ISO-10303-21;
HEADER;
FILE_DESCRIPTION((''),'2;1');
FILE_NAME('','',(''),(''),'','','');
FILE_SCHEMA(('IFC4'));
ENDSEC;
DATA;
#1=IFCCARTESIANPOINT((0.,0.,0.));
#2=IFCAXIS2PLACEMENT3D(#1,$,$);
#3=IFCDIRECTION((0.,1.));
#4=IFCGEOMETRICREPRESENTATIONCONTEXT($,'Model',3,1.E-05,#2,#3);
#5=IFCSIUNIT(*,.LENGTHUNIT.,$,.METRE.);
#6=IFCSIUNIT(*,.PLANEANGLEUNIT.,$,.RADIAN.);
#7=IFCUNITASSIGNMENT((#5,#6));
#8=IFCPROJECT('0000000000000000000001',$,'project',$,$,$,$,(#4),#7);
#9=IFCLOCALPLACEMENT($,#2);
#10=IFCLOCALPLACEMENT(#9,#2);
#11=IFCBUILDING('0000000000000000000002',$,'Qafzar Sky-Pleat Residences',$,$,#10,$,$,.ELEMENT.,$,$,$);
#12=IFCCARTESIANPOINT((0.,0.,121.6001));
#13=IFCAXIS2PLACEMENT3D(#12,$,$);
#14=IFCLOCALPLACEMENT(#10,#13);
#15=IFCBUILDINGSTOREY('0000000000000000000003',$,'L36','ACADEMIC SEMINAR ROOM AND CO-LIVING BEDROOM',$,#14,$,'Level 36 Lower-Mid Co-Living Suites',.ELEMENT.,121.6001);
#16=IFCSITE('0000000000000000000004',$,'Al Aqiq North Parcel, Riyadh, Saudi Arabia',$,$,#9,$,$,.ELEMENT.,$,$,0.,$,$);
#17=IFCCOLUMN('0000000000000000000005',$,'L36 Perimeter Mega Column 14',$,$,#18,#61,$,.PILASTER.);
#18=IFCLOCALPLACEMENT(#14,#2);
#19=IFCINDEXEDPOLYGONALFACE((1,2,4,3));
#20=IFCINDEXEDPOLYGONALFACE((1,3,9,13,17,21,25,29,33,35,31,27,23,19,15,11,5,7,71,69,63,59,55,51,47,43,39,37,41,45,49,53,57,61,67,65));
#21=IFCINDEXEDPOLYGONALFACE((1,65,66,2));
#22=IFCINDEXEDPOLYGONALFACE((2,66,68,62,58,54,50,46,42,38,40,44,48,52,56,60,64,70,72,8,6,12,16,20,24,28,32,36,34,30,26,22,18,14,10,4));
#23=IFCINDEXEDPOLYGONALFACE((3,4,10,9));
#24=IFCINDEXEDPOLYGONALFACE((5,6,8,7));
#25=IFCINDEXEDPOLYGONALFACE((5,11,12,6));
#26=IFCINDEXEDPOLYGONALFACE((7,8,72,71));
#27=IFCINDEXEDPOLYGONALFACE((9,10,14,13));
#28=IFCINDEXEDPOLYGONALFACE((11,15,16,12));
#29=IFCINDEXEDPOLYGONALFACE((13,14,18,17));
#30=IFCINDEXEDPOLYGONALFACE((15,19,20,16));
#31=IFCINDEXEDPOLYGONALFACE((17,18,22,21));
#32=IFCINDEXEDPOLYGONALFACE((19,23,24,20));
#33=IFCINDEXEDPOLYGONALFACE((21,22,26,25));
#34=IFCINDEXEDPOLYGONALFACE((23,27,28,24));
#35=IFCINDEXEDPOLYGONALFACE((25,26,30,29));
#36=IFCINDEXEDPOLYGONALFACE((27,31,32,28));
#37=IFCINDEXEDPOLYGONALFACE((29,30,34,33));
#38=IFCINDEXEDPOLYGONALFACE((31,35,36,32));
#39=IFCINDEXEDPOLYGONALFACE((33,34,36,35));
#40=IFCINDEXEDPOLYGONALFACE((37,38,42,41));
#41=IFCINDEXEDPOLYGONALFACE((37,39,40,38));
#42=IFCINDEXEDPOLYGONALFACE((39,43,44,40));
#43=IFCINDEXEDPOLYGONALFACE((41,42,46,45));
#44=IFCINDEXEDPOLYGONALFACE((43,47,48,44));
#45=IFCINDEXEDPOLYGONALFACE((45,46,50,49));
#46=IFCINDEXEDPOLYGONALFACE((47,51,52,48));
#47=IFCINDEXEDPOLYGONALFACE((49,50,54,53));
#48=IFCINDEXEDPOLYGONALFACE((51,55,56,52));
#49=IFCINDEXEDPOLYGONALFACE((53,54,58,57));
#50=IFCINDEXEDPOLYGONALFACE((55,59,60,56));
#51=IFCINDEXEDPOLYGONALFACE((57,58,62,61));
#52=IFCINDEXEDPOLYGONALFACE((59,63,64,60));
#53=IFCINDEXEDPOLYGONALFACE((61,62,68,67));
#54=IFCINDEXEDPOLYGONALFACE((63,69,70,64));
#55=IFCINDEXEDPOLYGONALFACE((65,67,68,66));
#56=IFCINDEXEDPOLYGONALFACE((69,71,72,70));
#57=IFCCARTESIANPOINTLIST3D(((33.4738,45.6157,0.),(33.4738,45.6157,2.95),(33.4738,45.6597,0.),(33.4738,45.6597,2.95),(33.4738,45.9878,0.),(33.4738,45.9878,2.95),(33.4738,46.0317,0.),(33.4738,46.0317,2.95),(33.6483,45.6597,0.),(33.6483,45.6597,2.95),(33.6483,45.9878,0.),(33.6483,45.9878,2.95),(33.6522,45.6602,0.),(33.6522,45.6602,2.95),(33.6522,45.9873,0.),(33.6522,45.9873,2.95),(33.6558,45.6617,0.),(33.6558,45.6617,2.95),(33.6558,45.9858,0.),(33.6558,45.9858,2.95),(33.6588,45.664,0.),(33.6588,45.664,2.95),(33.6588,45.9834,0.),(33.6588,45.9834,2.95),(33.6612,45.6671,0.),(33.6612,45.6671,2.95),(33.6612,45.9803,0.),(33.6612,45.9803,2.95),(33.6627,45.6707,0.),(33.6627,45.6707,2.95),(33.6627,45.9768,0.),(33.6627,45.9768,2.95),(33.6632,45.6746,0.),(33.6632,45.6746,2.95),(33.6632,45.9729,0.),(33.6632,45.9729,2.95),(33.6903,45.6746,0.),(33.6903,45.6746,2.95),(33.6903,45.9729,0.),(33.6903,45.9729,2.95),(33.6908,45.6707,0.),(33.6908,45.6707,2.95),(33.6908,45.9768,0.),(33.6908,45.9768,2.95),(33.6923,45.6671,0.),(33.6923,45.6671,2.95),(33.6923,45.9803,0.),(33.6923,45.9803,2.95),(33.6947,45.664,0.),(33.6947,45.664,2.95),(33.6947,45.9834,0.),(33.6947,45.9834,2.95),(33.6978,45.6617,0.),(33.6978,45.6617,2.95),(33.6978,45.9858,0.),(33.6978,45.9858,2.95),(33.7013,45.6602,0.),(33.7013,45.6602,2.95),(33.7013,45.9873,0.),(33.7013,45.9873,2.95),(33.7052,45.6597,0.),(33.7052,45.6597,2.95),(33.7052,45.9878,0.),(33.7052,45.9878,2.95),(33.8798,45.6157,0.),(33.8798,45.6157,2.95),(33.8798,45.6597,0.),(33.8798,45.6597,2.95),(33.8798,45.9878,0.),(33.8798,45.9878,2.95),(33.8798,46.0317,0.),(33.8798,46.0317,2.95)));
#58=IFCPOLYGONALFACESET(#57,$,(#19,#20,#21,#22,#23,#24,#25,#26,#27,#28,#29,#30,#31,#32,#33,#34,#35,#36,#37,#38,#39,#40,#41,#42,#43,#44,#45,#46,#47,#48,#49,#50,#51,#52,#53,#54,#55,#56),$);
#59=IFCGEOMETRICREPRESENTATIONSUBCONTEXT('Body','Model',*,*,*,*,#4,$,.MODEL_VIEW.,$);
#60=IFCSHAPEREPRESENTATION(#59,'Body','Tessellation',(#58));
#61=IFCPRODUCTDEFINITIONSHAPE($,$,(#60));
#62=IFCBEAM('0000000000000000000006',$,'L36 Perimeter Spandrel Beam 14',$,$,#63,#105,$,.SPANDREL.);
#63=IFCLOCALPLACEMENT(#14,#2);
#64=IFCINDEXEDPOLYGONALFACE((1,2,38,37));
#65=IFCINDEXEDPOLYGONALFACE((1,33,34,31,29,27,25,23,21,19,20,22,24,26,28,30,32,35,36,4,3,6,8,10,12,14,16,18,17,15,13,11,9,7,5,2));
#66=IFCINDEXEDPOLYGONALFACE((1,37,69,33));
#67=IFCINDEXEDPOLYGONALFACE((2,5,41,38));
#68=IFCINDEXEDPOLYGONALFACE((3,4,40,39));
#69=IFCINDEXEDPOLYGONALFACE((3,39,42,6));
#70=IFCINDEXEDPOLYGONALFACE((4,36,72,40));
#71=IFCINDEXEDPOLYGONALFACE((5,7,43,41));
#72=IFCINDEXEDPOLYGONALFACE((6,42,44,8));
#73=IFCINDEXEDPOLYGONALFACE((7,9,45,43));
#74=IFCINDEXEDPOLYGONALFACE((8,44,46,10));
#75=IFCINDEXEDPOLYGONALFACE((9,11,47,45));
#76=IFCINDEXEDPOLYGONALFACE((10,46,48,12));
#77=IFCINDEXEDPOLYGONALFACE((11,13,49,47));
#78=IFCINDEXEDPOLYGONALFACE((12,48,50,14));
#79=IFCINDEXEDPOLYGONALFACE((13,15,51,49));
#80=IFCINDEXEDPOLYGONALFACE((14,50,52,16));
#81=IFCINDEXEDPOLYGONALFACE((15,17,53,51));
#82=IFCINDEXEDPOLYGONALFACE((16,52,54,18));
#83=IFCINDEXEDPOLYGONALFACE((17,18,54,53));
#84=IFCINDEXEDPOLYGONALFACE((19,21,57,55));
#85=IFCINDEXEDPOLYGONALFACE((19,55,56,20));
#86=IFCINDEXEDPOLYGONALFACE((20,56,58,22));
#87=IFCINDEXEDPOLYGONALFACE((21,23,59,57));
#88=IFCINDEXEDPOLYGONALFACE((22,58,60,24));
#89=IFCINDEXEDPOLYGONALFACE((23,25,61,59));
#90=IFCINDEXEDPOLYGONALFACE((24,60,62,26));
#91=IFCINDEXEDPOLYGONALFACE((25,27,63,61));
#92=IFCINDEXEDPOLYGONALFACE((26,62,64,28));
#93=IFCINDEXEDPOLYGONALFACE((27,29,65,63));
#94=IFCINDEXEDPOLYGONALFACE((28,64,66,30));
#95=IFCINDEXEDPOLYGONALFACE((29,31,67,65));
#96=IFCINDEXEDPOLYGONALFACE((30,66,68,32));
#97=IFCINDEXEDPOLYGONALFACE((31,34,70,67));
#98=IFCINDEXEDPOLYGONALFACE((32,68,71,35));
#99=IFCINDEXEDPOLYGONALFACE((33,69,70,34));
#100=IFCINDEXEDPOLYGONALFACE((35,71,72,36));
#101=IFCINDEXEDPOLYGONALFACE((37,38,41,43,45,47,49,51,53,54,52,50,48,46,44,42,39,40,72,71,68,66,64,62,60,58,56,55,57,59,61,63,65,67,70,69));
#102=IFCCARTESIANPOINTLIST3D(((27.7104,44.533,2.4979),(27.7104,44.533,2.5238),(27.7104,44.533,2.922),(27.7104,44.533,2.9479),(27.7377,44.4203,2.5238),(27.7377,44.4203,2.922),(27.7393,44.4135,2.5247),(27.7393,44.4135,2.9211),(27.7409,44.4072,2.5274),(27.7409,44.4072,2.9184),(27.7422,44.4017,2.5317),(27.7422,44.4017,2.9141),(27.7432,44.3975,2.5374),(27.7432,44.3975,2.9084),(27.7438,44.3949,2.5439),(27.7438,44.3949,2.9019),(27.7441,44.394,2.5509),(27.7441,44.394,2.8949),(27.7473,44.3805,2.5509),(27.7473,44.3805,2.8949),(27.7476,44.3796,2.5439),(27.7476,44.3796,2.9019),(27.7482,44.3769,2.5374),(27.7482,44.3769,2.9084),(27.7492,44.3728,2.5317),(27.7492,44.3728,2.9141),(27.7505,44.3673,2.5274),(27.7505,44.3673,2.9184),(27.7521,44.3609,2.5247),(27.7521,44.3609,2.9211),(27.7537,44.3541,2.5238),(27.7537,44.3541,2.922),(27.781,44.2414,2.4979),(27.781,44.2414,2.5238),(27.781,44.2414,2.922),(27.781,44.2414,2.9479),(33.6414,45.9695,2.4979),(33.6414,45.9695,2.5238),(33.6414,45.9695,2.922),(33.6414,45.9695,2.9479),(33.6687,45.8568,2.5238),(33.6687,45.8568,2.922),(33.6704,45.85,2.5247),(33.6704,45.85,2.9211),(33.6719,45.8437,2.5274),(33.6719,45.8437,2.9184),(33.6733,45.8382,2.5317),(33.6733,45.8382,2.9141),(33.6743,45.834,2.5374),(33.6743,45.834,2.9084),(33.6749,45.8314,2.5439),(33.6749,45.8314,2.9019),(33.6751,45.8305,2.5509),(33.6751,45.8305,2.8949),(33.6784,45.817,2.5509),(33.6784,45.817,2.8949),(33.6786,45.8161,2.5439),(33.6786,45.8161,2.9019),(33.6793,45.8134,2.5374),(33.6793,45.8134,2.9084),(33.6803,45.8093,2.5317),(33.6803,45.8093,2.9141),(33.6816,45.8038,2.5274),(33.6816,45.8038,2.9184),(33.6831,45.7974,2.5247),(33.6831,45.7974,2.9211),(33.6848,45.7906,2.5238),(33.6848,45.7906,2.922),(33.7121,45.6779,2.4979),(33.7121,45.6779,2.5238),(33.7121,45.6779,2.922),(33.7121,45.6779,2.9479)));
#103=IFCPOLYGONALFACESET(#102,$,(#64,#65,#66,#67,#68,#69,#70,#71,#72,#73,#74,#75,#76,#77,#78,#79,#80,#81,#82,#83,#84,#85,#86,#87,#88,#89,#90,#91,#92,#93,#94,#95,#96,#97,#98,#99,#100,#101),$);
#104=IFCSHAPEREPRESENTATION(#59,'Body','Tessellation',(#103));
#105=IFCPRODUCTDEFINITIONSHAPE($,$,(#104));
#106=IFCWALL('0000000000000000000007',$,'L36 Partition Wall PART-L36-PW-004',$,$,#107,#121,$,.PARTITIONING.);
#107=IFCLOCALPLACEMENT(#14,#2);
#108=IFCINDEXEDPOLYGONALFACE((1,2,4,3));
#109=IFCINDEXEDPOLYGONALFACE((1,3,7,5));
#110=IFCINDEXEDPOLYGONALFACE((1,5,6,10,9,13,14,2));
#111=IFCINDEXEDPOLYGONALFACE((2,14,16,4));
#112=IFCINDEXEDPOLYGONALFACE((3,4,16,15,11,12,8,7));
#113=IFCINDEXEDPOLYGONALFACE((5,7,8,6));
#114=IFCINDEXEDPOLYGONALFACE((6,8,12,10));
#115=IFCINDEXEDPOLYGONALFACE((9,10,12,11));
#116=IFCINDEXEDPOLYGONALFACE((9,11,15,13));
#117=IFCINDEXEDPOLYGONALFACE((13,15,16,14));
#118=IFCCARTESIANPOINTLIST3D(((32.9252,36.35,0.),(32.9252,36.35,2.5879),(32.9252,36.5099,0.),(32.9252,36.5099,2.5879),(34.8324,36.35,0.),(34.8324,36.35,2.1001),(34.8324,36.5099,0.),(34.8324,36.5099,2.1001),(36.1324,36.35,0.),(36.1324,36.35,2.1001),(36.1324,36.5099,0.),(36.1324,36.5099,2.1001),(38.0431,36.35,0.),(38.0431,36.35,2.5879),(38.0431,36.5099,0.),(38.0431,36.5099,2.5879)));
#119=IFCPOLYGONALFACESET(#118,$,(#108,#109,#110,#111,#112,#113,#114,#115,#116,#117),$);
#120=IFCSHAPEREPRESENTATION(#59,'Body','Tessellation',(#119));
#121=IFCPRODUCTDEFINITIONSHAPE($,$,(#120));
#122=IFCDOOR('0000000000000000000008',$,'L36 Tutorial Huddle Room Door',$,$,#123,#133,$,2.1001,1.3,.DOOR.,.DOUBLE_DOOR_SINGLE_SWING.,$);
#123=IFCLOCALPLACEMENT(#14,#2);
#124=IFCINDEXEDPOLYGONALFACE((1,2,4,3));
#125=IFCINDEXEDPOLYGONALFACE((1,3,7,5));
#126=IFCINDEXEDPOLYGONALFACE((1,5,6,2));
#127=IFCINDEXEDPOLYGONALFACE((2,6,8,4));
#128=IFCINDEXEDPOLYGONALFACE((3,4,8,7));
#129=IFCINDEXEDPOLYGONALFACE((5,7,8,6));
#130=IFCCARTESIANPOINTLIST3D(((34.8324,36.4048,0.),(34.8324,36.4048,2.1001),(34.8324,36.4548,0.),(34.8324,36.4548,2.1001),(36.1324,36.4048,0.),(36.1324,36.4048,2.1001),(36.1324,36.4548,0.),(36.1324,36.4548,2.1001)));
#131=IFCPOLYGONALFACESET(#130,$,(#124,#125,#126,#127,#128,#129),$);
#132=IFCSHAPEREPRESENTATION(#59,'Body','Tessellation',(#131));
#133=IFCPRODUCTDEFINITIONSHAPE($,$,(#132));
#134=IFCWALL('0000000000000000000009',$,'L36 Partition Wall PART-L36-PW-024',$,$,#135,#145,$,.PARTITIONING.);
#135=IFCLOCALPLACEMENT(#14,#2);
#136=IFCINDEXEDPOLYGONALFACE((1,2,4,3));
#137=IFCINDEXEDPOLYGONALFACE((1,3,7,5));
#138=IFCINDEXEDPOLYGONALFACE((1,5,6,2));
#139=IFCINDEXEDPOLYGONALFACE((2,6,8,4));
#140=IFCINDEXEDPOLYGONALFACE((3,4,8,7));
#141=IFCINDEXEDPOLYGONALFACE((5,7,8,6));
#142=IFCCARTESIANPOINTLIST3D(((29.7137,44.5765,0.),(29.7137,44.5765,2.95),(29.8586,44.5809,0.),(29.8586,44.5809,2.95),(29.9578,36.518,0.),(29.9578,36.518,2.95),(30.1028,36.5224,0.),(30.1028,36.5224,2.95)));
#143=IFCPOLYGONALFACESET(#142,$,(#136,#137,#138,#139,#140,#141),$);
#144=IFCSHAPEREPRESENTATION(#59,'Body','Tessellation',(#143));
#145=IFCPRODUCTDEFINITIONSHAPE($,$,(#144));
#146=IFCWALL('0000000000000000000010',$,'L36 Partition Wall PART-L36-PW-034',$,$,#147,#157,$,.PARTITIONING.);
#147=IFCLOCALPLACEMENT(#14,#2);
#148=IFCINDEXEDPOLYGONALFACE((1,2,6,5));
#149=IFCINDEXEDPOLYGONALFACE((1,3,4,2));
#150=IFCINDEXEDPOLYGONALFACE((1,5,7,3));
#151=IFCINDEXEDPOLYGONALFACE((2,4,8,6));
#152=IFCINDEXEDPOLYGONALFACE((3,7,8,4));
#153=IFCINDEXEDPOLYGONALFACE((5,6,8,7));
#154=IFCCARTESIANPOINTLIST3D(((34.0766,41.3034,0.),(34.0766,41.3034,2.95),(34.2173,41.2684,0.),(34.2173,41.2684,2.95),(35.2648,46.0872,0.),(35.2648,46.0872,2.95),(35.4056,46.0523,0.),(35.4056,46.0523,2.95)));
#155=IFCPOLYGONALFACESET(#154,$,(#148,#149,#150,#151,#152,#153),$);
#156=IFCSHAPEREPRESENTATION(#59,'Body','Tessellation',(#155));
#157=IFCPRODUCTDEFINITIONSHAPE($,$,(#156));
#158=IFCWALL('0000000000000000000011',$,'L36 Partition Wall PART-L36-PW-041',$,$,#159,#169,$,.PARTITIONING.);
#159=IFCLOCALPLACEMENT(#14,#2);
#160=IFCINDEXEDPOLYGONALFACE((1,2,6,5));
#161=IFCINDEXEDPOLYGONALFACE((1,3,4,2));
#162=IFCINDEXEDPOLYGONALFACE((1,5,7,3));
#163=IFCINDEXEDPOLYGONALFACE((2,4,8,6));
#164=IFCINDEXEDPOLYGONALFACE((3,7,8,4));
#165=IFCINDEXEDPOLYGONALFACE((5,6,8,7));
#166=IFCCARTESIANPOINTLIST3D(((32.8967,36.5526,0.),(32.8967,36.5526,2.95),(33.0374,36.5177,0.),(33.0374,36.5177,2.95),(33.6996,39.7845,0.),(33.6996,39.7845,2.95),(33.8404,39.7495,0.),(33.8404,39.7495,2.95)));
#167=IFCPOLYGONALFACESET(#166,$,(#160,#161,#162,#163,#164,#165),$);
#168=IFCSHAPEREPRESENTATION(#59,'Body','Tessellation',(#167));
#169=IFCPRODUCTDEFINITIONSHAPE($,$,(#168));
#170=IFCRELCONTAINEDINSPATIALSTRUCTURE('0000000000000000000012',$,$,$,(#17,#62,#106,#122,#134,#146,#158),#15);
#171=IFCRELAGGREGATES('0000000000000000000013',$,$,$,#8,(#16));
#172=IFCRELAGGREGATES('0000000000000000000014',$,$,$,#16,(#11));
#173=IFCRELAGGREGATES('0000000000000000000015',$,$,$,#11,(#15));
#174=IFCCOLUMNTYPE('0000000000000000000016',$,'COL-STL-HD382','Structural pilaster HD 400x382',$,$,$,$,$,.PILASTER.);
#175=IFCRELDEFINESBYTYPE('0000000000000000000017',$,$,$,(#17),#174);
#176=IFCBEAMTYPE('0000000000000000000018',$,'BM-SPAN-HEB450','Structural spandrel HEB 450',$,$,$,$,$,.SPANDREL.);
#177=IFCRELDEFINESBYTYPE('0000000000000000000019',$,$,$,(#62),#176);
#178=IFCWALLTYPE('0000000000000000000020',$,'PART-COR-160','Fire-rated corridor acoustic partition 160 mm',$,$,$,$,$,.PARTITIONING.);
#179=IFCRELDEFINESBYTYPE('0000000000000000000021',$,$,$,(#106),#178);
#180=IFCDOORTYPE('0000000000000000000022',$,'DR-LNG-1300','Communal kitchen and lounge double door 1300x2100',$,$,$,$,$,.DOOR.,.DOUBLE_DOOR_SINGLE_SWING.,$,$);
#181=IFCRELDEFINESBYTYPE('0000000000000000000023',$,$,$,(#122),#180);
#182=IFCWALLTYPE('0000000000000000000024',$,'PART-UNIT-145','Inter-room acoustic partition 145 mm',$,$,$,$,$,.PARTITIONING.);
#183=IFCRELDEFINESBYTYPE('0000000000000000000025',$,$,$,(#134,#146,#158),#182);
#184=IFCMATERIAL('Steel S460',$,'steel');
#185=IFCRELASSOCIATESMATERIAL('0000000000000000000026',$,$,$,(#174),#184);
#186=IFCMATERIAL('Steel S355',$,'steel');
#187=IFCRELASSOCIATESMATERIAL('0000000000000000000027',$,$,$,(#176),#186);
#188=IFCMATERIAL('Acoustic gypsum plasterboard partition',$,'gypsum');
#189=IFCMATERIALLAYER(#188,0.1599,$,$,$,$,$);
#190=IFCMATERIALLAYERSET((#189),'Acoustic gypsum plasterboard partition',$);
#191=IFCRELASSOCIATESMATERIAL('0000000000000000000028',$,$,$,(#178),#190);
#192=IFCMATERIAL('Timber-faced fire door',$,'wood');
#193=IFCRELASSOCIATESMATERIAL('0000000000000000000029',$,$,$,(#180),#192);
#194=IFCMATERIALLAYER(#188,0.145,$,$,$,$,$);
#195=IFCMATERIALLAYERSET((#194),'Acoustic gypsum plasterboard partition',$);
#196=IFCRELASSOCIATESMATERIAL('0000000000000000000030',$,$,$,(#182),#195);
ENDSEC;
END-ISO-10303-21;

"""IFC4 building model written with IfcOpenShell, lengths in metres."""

from ifc_helpers import new_model, si_unit, direction, frame, frame_2d, origin, origin_2d, place, context, subcontext, project, spatial, rectangle, i_section, extrude, source, transform, mapped, material, layer, layer_set, material_profile, profile_set, type_object, element, fill, save


model = new_model("IFC4")

# Units and contexts
model_context = context("Model", 3, precision=1e-05, world=origin(), true_north=direction((0.0, 1.0)))
body_context = subcontext(model_context, "Body", "Model", "MODEL_VIEW")
ifc_project = project(units=[si_unit("LENGTHUNIT", "METRE"), si_unit("PLANEANGLEUNIT", "RADIAN")], contexts=[model_context])

# Site, building, storey
site_placement = place(None, origin())
site = spatial("IfcSite", under=ifc_project, at=site_placement, Name="Al Aqiq North Parcel, Riyadh, Saudi Arabia", CompositionType="ELEMENT", RefElevation=0.0)
building_placement = place(site_placement, origin())
building = spatial("IfcBuilding", under=site, at=building_placement, Name="Qafzar Sky-Pleat Residences", CompositionType="ELEMENT")
storey_placement = place(building_placement, frame((0.0, 0.0, 121.6001)))
storey = spatial("IfcBuildingStorey", under=building, at=storey_placement, Name="L36", Description="ACADEMIC SEMINAR ROOM AND CO-LIVING BEDROOM", LongName="Level 36 Lower-Mid Co-Living Suites", CompositionType="ELEMENT", Elevation=121.6001)

# Column
ifc_material_1 = material(Name="Steel S460", Category="steel")
ifc_material_profile_1 = material_profile(ifc_material_1, i_section(OverallWidth=0.406, OverallDepth=0.416, WebThickness=0.0271, FlangeThickness=0.0439, FilletRadius=0.0149, at=origin_2d()), Name="HD 400x382")
ifc_profile_set_1 = profile_set([ifc_material_profile_1], Name="Steel S460")
column_type = type_object("IfcColumnType", Name="COL-STL-HD382", Description="Structural pilaster HD 400x382", PredefinedType="PILASTER", material=ifc_profile_set_1)
shared_shape_1 = source(origin(), body_context, "Body", "SweptSolid", [
    extrude(i_section(OverallWidth=0.406, OverallDepth=0.416, WebThickness=0.0271, FlangeThickness=0.0439, FilletRadius=0.0149, at=origin_2d()), origin(), (0.0, 0.0, 1.0), 2.95),
])
column_placement = place(storey_placement, frame((33.6768, 45.8237, 0.0), z_axis=(0.0, 0.0, 1.0), x_axis=(1.0, 0.0, 0.0)))
element("IfcColumn", 1, at=column_placement, inside=storey, type_object=column_type, Name="L36 Perimeter Mega Column 14", PredefinedType="PILASTER", context=body_context, shape_type="MappedRepresentation", body=[
    mapped(shared_shape_1, transform((0.0, 0.0, 0.0), x_axis=(1.0, 0.0, 0.0), y_axis=(0.0, 1.0, 0.0), z_axis=(0.0, 0.0, 1.0), scale=1.0)),
])

# Beam
ifc_material_2 = material(Name="Steel S355", Category="steel")
ifc_material_profile_2 = material_profile(ifc_material_2, i_section(OverallWidth=0.3, OverallDepth=0.45, WebThickness=0.0139, FlangeThickness=0.0259, FilletRadius=0.0271, at=origin_2d()), Name="HEB 450")
ifc_profile_set_2 = profile_set([ifc_material_profile_2], Name="Steel S355")
beam_type = type_object("IfcBeamType", Name="BM-SPAN-HEB450", Description="Structural spandrel HEB 450", PredefinedType="SPANDREL", material=ifc_profile_set_2)
shared_shape_2 = source(origin(), body_context, "Body", "SweptSolid", [
    extrude(i_section(OverallWidth=0.3, OverallDepth=0.45, WebThickness=0.0139, FlangeThickness=0.0259, FilletRadius=0.0271, at=origin_2d()), origin(), (0.0, 0.0, 1.0), 6.1025),
])
beam_placement = place(storey_placement, frame((33.6768, 45.8237, 2.7229), z_axis=(-0.9719, -0.235394, 0.0), x_axis=(0.235394, -0.9719, 0.0)))
element("IfcBeam", 2, at=beam_placement, inside=storey, type_object=beam_type, Name="L36 Perimeter Spandrel Beam 14", PredefinedType="SPANDREL", context=body_context, shape_type="MappedRepresentation", body=[
    mapped(shared_shape_2, transform((0.0, 0.0, 0.0), x_axis=(1.0, 0.0, 0.0), y_axis=(0.0, 1.0, 0.0), z_axis=(0.0, 0.0, 1.0), scale=1.0)),
])

# Wall, opening, door
ifc_material_3 = material(Name="Acoustic gypsum plasterboard partition", Category="gypsum")
ifc_layer_1 = layer(ifc_material_3, 0.1599)
ifc_layer_set_1 = layer_set([ifc_layer_1], Name="Acoustic gypsum plasterboard partition")
wall_type_1 = type_object("IfcWallType", Name="PART-COR-160", Description="Fire-rated corridor acoustic partition 160 mm", PredefinedType="PARTITIONING", material=ifc_layer_set_1)
wall_1_placement = place(storey_placement, frame((32.925, 36.4299, 0.0), z_axis=(0.0, 0.0, 1.0), x_axis=(1.0, 0.0, 0.0)))
wall_1 = element("IfcWall", 3, at=wall_1_placement, inside=storey, type_object=wall_type_1, Name="L36 Partition Wall PART-L36-PW-004", PredefinedType="PARTITIONING", context=body_context, shape_type="SweptSolid", body=[
    extrude(rectangle(XDim=5.1179, YDim=0.1599, at=frame_2d((2.5591, 0.0))), origin(), (0.0, 0.0, 1.0), 2.5879),
])
opening_1_placement = place(wall_1_placement, frame((1.9075, 0.0, 0.0)))
opening_1 = element("IfcOpeningElement", 4, at=opening_1_placement, cuts=wall_1, PredefinedType="OPENING", context=body_context, shape_type="SweptSolid", body=[
    extrude(rectangle(XDim=1.3, YDim=2.1001, at=frame_2d((0.6499, 1.05))), frame((0.0, 0.0898, 0.0), z_axis=(0.0, -1.0, 0.0), x_axis=(1.0, 0.0, 0.0)), (0.0, 0.0, 1.0), 0.1799),
])
ifc_material_4 = material(Name="Timber-faced fire door", Category="wood")
door_type_1 = type_object("IfcDoorType", Name="DR-LNG-1300", Description="Communal kitchen and lounge double door 1300x2100", OperationType="DOUBLE_DOOR_SINGLE_SWING", PredefinedType="DOOR", material=ifc_material_4)
shared_shape_3 = source(origin(), body_context, "Body", "SweptSolid", [
    extrude(rectangle(XDim=1.3, YDim=2.1001, at=frame_2d((0.6499, 1.05))), frame((0.0, 0.0249, 0.0), z_axis=(0.0, -1.0, 0.0), x_axis=(1.0, 0.0, 0.0)), (0.0, 0.0, 1.0), 0.05),
])
door_1_placement = place(opening_1_placement, origin())
door_1 = element("IfcDoor", 5, at=door_1_placement, inside=storey, type_object=door_type_1, Name="L36 Tutorial Huddle Room Door", OperationType="DOUBLE_DOOR_SINGLE_SWING", OverallHeight=2.1001, OverallWidth=1.3, PredefinedType="DOOR", context=body_context, shape_type="MappedRepresentation", body=[
    mapped(shared_shape_3, transform((0.0, 0.0, 0.0), x_axis=(1.0, 0.0, 0.0), y_axis=(0.0, 1.0, 0.0), z_axis=(0.0, 0.0, 1.0), scale=1.0)),
])
fill(opening_1, door_1)

# Walls
ifc_layer_2 = layer(ifc_material_3, 0.145)
ifc_layer_set_2 = layer_set([ifc_layer_2], Name="Acoustic gypsum plasterboard partition")
wall_type_2 = type_object("IfcWallType", Name="PART-UNIT-145", Description="Inter-room acoustic partition 145 mm", PredefinedType="PARTITIONING", material=ifc_layer_set_2)
wall_2_placement = place(storey_placement, frame((29.7861, 44.5789, 0.0), z_axis=(0.0, 0.0, 1.0), x_axis=(0.030282, -0.999541, 0.0)))
element("IfcWall", 6, at=wall_2_placement, inside=storey, type_object=wall_type_2, Name="L36 Partition Wall PART-L36-PW-024", PredefinedType="PARTITIONING", context=body_context, shape_type="SweptSolid", body=[
    extrude(rectangle(XDim=8.0623, YDim=0.145, at=frame_2d((4.0312, 0.0))), origin(), (0.0, 0.0, 1.0), 2.95),
])
wall_3_placement = place(storey_placement, frame((34.147, 41.2859, 0.0), z_axis=(0.0, 0.0, 1.0), x_axis=(0.241055, 0.970511, 0.0)))
element("IfcWall", 7, at=wall_3_placement, inside=storey, type_object=wall_type_2, Name="L36 Partition Wall PART-L36-PW-034", PredefinedType="PARTITIONING", context=body_context, shape_type="SweptSolid", body=[
    extrude(rectangle(XDim=4.9292, YDim=0.145, at=frame_2d((2.4646, 0.0))), origin(), (0.0, 0.0, 1.0), 2.95),
])
wall_4_placement = place(storey_placement, frame((32.967, 36.5352, 0.0), z_axis=(0.0, 0.0, 1.0), x_axis=(0.241121, 0.970495, 0.0)))
element("IfcWall", 8, at=wall_4_placement, inside=storey, type_object=wall_type_2, Name="L36 Partition Wall PART-L36-PW-041", PredefinedType="PARTITIONING", context=body_context, shape_type="SweptSolid", body=[
    extrude(rectangle(XDim=3.3301, YDim=0.145, at=frame_2d((1.665, 0.0))), origin(), (0.0, 0.0, 1.0), 2.95),
])

save(model, "model.ifc")
